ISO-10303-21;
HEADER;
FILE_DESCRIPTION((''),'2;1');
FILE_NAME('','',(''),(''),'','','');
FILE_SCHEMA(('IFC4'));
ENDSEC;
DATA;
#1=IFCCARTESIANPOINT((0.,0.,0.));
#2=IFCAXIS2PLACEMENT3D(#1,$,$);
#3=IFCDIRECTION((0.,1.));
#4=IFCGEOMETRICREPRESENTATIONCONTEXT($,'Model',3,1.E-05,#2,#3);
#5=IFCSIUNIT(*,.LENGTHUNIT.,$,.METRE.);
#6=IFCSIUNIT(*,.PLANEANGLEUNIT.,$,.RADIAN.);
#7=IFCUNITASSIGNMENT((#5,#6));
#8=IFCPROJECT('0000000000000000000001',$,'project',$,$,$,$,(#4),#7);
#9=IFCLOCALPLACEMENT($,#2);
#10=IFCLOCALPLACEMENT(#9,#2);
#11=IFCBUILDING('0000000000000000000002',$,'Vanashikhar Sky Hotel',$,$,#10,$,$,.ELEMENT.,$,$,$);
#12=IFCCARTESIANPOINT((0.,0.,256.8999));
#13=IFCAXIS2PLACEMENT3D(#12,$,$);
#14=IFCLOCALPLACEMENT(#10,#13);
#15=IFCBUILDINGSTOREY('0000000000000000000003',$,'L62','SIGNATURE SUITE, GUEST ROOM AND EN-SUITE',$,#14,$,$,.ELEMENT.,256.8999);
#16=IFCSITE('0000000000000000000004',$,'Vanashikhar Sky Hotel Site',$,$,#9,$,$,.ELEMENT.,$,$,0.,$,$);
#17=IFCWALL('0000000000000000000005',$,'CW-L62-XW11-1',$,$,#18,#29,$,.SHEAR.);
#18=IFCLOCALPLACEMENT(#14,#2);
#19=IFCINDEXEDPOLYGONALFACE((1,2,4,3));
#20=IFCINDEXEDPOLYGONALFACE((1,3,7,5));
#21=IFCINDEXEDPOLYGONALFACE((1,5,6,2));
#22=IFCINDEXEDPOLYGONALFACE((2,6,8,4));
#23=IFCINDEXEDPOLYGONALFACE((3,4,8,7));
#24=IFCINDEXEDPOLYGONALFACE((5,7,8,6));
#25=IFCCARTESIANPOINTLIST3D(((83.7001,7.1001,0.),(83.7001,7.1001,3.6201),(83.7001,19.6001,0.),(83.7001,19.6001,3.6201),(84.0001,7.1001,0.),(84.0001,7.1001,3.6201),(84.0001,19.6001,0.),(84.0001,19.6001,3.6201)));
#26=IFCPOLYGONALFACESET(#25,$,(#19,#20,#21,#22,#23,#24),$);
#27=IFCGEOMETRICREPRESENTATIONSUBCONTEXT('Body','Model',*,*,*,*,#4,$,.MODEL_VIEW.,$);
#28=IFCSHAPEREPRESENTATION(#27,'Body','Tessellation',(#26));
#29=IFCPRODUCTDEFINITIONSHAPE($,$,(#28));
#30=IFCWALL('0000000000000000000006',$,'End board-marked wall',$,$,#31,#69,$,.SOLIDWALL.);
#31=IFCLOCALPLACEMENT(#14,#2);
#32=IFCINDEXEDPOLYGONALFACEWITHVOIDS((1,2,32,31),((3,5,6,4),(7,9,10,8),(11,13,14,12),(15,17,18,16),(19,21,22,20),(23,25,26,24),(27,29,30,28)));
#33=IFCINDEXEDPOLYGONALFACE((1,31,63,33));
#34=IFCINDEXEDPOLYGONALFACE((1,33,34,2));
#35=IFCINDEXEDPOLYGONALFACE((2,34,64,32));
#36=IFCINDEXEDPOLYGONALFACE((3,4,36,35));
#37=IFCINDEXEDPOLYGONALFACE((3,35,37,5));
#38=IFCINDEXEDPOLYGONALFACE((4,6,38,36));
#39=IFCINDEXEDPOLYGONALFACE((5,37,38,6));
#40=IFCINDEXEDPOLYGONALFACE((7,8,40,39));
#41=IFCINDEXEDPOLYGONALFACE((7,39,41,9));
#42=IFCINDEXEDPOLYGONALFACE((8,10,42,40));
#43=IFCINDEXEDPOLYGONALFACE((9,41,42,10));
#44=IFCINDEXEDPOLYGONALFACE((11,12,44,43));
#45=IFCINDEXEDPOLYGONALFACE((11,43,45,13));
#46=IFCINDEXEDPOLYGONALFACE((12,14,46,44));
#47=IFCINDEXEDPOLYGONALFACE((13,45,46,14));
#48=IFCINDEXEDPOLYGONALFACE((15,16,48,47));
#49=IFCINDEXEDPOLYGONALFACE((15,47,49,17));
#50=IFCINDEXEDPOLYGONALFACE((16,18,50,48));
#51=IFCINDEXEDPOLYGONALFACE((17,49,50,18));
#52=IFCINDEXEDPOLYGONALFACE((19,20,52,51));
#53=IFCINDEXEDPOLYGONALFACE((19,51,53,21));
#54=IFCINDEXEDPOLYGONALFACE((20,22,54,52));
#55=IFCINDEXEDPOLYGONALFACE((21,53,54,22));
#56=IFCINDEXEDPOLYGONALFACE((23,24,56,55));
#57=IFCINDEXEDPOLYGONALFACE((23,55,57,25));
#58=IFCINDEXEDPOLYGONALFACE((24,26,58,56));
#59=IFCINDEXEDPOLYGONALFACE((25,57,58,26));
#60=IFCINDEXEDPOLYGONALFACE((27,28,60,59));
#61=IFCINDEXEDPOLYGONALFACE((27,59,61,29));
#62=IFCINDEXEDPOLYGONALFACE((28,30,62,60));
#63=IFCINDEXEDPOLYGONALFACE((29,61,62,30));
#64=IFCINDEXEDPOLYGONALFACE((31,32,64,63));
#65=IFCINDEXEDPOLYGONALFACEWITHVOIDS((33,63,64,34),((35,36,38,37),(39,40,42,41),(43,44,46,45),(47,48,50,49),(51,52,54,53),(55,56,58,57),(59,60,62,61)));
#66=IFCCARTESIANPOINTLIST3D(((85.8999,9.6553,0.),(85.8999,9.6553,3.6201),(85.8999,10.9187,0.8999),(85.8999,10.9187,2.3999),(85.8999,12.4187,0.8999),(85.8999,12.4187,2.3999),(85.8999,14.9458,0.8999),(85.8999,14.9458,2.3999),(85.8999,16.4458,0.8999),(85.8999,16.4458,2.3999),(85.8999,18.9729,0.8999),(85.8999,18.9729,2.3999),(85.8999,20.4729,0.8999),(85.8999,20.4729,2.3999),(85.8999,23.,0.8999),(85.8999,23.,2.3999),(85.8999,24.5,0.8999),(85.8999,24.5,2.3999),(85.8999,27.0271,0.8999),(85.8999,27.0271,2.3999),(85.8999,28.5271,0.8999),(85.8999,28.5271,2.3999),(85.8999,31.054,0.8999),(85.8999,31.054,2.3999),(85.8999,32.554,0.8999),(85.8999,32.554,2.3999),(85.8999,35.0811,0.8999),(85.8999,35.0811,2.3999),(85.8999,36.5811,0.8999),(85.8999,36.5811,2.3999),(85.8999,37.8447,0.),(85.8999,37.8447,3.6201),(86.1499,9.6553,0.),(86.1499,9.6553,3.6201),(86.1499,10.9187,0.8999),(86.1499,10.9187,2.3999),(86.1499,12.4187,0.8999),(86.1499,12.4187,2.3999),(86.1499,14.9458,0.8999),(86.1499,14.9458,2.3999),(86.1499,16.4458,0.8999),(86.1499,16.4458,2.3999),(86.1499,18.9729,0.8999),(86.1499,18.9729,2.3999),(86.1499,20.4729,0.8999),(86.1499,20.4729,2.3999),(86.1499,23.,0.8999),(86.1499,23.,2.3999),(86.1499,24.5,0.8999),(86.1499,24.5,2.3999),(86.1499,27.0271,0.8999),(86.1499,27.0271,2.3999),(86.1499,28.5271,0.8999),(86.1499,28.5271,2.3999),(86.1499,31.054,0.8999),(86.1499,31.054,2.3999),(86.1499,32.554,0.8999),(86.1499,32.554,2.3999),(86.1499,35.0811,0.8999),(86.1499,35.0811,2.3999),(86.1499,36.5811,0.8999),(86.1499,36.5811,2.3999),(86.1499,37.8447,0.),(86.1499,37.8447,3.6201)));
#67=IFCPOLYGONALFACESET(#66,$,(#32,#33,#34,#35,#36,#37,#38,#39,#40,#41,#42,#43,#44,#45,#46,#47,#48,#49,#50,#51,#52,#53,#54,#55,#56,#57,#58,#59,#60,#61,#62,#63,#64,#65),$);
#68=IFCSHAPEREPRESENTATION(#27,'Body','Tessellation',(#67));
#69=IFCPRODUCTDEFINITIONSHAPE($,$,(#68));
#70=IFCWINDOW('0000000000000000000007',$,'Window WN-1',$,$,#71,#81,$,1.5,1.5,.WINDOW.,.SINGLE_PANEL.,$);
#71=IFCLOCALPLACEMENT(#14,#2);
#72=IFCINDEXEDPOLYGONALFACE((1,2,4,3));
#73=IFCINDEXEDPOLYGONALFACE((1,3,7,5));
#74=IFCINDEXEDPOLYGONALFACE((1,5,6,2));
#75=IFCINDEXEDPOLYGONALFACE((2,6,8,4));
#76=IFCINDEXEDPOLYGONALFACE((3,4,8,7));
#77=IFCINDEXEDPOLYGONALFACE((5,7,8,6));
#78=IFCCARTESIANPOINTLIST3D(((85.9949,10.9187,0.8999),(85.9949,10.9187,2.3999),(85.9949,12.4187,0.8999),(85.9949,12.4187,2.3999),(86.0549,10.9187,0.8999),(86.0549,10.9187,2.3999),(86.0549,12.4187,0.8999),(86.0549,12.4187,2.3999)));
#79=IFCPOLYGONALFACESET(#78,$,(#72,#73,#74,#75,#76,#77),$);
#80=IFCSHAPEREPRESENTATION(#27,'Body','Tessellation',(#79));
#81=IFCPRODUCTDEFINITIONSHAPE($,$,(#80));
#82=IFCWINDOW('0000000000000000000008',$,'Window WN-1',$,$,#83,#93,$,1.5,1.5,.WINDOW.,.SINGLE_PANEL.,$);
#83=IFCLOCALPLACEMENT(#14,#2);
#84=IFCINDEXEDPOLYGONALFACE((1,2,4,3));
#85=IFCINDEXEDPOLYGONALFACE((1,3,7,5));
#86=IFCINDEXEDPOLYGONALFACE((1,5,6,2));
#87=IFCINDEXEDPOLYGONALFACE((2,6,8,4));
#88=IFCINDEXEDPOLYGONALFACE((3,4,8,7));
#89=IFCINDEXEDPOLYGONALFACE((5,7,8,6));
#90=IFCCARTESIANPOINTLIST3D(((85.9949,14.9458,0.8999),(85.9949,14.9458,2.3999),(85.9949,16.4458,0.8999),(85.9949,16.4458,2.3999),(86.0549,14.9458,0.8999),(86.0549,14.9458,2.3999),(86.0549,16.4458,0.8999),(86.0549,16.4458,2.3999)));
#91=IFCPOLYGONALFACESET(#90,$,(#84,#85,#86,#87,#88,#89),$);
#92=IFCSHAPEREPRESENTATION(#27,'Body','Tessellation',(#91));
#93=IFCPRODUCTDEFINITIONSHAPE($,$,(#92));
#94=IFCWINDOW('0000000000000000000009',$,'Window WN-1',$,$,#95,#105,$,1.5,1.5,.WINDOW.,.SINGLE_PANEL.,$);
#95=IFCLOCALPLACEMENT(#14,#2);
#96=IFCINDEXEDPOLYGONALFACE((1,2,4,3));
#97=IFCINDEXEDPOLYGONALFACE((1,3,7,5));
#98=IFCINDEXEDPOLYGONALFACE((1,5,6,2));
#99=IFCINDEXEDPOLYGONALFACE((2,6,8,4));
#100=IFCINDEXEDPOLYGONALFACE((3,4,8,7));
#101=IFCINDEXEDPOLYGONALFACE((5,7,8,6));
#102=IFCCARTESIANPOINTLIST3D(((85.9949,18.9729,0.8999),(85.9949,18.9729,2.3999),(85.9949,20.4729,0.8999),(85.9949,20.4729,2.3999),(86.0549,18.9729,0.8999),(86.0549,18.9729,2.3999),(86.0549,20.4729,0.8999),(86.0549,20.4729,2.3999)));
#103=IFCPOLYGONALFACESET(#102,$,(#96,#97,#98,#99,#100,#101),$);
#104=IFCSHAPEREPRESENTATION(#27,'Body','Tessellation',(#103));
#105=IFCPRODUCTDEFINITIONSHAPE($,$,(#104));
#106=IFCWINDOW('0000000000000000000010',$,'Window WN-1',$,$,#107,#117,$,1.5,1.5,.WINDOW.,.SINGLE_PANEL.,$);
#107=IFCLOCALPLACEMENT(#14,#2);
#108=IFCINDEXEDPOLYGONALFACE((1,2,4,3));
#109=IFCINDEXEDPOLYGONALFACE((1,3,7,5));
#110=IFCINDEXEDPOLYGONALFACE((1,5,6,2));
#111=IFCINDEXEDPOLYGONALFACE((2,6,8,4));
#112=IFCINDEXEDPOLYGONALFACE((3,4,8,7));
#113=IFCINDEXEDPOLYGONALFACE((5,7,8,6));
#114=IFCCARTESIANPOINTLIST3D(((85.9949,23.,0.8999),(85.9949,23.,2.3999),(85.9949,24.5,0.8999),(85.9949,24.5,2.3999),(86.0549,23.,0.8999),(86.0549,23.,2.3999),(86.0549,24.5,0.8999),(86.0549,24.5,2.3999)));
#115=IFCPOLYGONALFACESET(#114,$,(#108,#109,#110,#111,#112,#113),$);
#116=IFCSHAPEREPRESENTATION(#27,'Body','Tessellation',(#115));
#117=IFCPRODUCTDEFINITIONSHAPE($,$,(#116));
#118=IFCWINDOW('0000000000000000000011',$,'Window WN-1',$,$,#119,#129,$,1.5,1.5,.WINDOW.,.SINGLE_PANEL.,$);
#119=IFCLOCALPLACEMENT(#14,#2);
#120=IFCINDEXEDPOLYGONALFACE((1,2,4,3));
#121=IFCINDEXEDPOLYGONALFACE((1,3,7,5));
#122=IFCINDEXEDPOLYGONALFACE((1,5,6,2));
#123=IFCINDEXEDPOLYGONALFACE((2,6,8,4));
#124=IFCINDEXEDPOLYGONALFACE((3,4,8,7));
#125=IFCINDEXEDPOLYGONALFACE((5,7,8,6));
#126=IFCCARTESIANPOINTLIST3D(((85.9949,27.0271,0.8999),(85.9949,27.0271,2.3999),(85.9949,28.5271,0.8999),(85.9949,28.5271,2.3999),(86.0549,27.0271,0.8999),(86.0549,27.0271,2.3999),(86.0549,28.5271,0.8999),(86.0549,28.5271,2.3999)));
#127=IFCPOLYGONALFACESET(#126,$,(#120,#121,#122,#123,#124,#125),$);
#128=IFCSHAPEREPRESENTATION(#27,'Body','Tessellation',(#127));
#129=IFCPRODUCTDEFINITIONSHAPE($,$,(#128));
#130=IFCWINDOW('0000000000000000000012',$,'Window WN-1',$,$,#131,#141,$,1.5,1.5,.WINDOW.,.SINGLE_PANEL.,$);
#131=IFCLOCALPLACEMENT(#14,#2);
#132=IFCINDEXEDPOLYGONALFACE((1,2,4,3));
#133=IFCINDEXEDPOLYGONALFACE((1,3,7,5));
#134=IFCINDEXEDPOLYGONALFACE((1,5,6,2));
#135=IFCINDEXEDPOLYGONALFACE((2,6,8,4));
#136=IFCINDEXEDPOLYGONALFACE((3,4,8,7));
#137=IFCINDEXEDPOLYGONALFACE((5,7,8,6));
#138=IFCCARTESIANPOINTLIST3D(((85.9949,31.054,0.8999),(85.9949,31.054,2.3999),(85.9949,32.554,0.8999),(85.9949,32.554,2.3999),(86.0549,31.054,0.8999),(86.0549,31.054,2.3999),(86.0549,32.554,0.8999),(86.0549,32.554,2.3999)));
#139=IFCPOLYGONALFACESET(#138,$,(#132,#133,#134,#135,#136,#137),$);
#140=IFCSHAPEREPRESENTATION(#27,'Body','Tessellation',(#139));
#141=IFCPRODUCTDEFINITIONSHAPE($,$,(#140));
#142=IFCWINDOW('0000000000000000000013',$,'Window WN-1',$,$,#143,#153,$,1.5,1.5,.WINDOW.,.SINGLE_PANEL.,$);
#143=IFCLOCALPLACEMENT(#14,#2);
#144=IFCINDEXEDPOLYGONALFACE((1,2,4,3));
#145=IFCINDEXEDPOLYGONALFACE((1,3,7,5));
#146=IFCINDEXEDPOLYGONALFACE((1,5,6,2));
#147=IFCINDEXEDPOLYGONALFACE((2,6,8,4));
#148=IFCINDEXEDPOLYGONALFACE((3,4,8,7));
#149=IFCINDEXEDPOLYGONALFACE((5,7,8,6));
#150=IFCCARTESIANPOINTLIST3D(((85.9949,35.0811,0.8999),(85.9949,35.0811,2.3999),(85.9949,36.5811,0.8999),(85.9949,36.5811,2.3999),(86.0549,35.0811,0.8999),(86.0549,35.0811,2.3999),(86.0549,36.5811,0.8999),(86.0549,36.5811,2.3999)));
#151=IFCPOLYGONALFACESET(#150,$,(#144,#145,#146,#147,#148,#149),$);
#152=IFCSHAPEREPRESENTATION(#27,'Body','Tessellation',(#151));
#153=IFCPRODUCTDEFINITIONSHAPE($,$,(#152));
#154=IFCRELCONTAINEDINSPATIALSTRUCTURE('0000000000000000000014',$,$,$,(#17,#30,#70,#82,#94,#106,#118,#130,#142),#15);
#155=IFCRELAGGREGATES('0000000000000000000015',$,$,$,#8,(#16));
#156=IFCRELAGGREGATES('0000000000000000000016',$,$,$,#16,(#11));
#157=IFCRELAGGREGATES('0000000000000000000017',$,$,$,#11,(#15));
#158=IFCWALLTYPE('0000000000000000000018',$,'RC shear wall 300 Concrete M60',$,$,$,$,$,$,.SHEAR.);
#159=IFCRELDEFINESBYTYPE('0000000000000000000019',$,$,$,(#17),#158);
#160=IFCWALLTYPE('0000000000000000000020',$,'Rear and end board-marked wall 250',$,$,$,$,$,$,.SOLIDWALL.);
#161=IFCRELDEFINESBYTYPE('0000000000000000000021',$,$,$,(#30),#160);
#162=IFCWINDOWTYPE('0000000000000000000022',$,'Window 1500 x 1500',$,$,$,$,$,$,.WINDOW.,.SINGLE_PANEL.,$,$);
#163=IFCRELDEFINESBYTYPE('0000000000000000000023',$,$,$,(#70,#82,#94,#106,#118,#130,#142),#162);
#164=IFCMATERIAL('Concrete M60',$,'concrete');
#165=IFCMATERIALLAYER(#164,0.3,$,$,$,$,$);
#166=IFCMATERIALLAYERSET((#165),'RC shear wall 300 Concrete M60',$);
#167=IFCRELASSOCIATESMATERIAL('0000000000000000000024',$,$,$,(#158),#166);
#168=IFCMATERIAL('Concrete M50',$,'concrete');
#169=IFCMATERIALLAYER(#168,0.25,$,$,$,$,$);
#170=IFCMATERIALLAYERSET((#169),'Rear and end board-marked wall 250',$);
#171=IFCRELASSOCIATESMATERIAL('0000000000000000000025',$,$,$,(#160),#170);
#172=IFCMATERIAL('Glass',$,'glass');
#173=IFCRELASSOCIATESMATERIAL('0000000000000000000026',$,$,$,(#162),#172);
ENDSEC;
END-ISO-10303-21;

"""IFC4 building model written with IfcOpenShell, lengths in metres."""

from ifc_helpers import new_model, si_unit, direction, frame, frame_2d, origin, place, context, subcontext, project, spatial, rectangle, extrude, source, transform, mapped, material, layer, layer_set, type_object, element, fill, save


model = new_model("IFC4")

# Units and contexts
model_context = context("Model", 3, precision=1e-05, world=origin(), true_north=direction((0.0, 1.0)))
body_context = subcontext(model_context, "Body", "Model", "MODEL_VIEW")
ifc_project = project(units=[si_unit("LENGTHUNIT", "METRE"), si_unit("PLANEANGLEUNIT", "RADIAN")], contexts=[model_context])

# Site, building, storey
site_placement = place(None, origin())
site = spatial("IfcSite", under=ifc_project, at=site_placement, Name="Vanashikhar Sky Hotel Site", CompositionType="ELEMENT", RefElevation=0.0)
building_placement = place(site_placement, origin())
building = spatial("IfcBuilding", under=site, at=building_placement, Name="Vanashikhar Sky Hotel", CompositionType="ELEMENT")
storey_placement = place(building_placement, frame((0.0, 0.0, 256.8999)))
storey = spatial("IfcBuildingStorey", under=building, at=storey_placement, Name="L62", Description="SIGNATURE SUITE, GUEST ROOM AND EN-SUITE", CompositionType="ELEMENT", Elevation=256.8999)

# Wall
ifc_material_1 = material(Name="Concrete M60", Category="concrete")
ifc_layer_1 = layer(ifc_material_1, 0.3)
ifc_layer_set_1 = layer_set([ifc_layer_1], Name="RC shear wall 300 Concrete M60")
wall_type_1 = type_object("IfcWallType", Name="RC shear wall 300 Concrete M60", PredefinedType="SHEAR", material=ifc_layer_set_1)
shared_shape_1 = source(origin(), body_context, "Body", "SweptSolid", [
    extrude(rectangle(XDim=12.5, YDim=0.3, at=frame_2d((6.25, 0.0))), origin(), (0.0, 0.0, 1.0), 3.6201),
])
wall_1_placement = place(storey_placement, frame((83.8501, 7.1001, 0.0), z_axis=(0.0, 0.0, 1.0), x_axis=(0.0, 1.0, 0.0)))
element("IfcWall", 1, at=wall_1_placement, inside=storey, type_object=wall_type_1, Name="CW-L62-XW11-1", PredefinedType="SHEAR", context=body_context, shape_type="MappedRepresentation", body=[
    mapped(shared_shape_1, transform((0.0, 0.0, 0.0), scale=1.0)),
])

# Wall, openings, windows
ifc_material_2 = material(Name="Concrete M50", Category="concrete")
ifc_layer_2 = layer(ifc_material_2, 0.25)
ifc_layer_set_2 = layer_set([ifc_layer_2], Name="Rear and end board-marked wall 250")
wall_type_2 = type_object("IfcWallType", Name="Rear and end board-marked wall 250", PredefinedType="SOLIDWALL", material=ifc_layer_set_2)
shared_shape_2 = source(origin(), body_context, "Body", "SweptSolid", [
    extrude(rectangle(XDim=28.1895, YDim=0.25, at=frame_2d((14.0947, 0.0))), origin(), (0.0, 0.0, 1.0), 3.6201),
])
wall_2_placement = place(storey_placement, frame((86.0249, 9.6553, 0.0), z_axis=(0.0, 0.0, 1.0), x_axis=(0.0, 1.0, 0.0)))
wall_2 = element("IfcWall", 2, at=wall_2_placement, inside=storey, type_object=wall_type_2, Name="End board-marked wall", PredefinedType="SOLIDWALL", context=body_context, shape_type="MappedRepresentation", body=[
    mapped(shared_shape_2, transform((0.0, 0.0, 0.0), scale=1.0)),
])
shared_shape_3 = source(origin(), body_context, "Body", "SweptSolid", [
    extrude(rectangle(XDim=1.5, YDim=1.5, at=frame_2d((0.75, 0.75))), frame((0.0, 0.135, 0.0), z_axis=(0.0, -1.0, 0.0), x_axis=(1.0, 0.0, 0.0)), (0.0, 0.0, 1.0), 0.27),
])
opening_1_placement = place(wall_2_placement, frame((1.2634, 0.0, 0.8999)))
opening_1 = element("IfcOpeningElement", 3, at=opening_1_placement, cuts=wall_2, PredefinedType="OPENING", context=body_context, shape_type="MappedRepresentation", body=[
    mapped(shared_shape_3, transform((0.0, 0.0, 0.0), scale=1.0)),
])
opening_2_placement = place(wall_2_placement, frame((5.2905, 0.0, 0.8999)))
opening_2 = element("IfcOpeningElement", 4, at=opening_2_placement, cuts=wall_2, PredefinedType="OPENING", context=body_context, shape_type="MappedRepresentation", body=[
    mapped(shared_shape_3, transform((0.0, 0.0, 0.0), scale=1.0)),
])
opening_3_placement = place(wall_2_placement, frame((9.3176, 0.0, 0.8999)))
opening_3 = element("IfcOpeningElement", 5, at=opening_3_placement, cuts=wall_2, PredefinedType="OPENING", context=body_context, shape_type="MappedRepresentation", body=[
    mapped(shared_shape_3, transform((0.0, 0.0, 0.0), scale=1.0)),
])
opening_4_placement = place(wall_2_placement, frame((13.3447, 0.0, 0.8999)))
opening_4 = element("IfcOpeningElement", 6, at=opening_4_placement, cuts=wall_2, PredefinedType="OPENING", context=body_context, shape_type="MappedRepresentation", body=[
    mapped(shared_shape_3, transform((0.0, 0.0, 0.0), scale=1.0)),
])
opening_5_placement = place(wall_2_placement, frame((17.3718, 0.0, 0.8999)))
opening_5 = element("IfcOpeningElement", 7, at=opening_5_placement, cuts=wall_2, PredefinedType="OPENING", context=body_context, shape_type="MappedRepresentation", body=[
    mapped(shared_shape_3, transform((0.0, 0.0, 0.0), scale=1.0)),
])
opening_6_placement = place(wall_2_placement, frame((21.3987, 0.0, 0.8999)))
opening_6 = element("IfcOpeningElement", 8, at=opening_6_placement, cuts=wall_2, PredefinedType="OPENING", context=body_context, shape_type="MappedRepresentation", body=[
    mapped(shared_shape_3, transform((0.0, 0.0, 0.0), scale=1.0)),
])
opening_7_placement = place(wall_2_placement, frame((25.4258, 0.0, 0.8999)))
opening_7 = element("IfcOpeningElement", 9, at=opening_7_placement, cuts=wall_2, PredefinedType="OPENING", context=body_context, shape_type="MappedRepresentation", body=[
    mapped(shared_shape_3, transform((0.0, 0.0, 0.0), scale=1.0)),
])
ifc_material_3 = material(Name="Glass", Category="glass")
window_type = type_object("IfcWindowType", Name="Window 1500 x 1500", PartitioningType="SINGLE_PANEL", PredefinedType="WINDOW", material=ifc_material_3)
shared_shape_4 = source(origin(), body_context, "Body", "SweptSolid", [
    extrude(rectangle(XDim=1.5, YDim=1.5, at=frame_2d((0.75, 0.75))), frame((0.0, 0.03, 0.0), z_axis=(0.0, -1.0, 0.0), x_axis=(1.0, 0.0, 0.0)), (0.0, 0.0, 1.0), 0.0601),
])
window_1_placement = place(opening_1_placement, origin())
window_1 = element("IfcWindow", 10, at=window_1_placement, inside=storey, type_object=window_type, Name="Window WN-1", OverallHeight=1.5, OverallWidth=1.5, PartitioningType="SINGLE_PANEL", PredefinedType="WINDOW", context=body_context, shape_type="MappedRepresentation", body=[
    mapped(shared_shape_4, transform((0.0, 0.0, 0.0), scale=1.0)),
])
fill(opening_1, window_1)
window_2_placement = place(opening_2_placement, origin())
window_2 = element("IfcWindow", 11, at=window_2_placement, inside=storey, type_object=window_type, Name="Window WN-1", OverallHeight=1.5, OverallWidth=1.5, PartitioningType="SINGLE_PANEL", PredefinedType="WINDOW", context=body_context, shape_type="MappedRepresentation", body=[
    mapped(shared_shape_4, transform((0.0, 0.0, 0.0), scale=1.0)),
])
fill(opening_2, window_2)
window_3_placement = place(opening_3_placement, origin())
window_3 = element("IfcWindow", 12, at=window_3_placement, inside=storey, type_object=window_type, Name="Window WN-1", OverallHeight=1.5, OverallWidth=1.5, PartitioningType="SINGLE_PANEL", PredefinedType="WINDOW", context=body_context, shape_type="MappedRepresentation", body=[
    mapped(shared_shape_4, transform((0.0, 0.0, 0.0), scale=1.0)),
])
fill(opening_3, window_3)
window_4_placement = place(opening_4_placement, origin())
window_4 = element("IfcWindow", 13, at=window_4_placement, inside=storey, type_object=window_type, Name="Window WN-1", OverallHeight=1.5, OverallWidth=1.5, PartitioningType="SINGLE_PANEL", PredefinedType="WINDOW", context=body_context, shape_type="MappedRepresentation", body=[
    mapped(shared_shape_4, transform((0.0, 0.0, 0.0), scale=1.0)),
])
fill(opening_4, window_4)
window_5_placement = place(opening_5_placement, origin())
window_5 = element("IfcWindow", 14, at=window_5_placement, inside=storey, type_object=window_type, Name="Window WN-1", OverallHeight=1.5, OverallWidth=1.5, PartitioningType="SINGLE_PANEL", PredefinedType="WINDOW", context=body_context, shape_type="MappedRepresentation", body=[
    mapped(shared_shape_4, transform((0.0, 0.0, 0.0), scale=1.0)),
])
fill(opening_5, window_5)
window_6_placement = place(opening_6_placement, origin())
window_6 = element("IfcWindow", 15, at=window_6_placement, inside=storey, type_object=window_type, Name="Window WN-1", OverallHeight=1.5, OverallWidth=1.5, PartitioningType="SINGLE_PANEL", PredefinedType="WINDOW", context=body_context, shape_type="MappedRepresentation", body=[
    mapped(shared_shape_4, transform((0.0, 0.0, 0.0), scale=1.0)),
])
fill(opening_6, window_6)
window_7_placement = place(opening_7_placement, origin())
window_7 = element("IfcWindow", 16, at=window_7_placement, inside=storey, type_object=window_type, Name="Window WN-1", OverallHeight=1.5, OverallWidth=1.5, PartitioningType="SINGLE_PANEL", PredefinedType="WINDOW", context=body_context, shape_type="MappedRepresentation", body=[
    mapped(shared_shape_4, transform((0.0, 0.0, 0.0), scale=1.0)),
])
fill(opening_7, window_7)

save(model, "model.ifc")
